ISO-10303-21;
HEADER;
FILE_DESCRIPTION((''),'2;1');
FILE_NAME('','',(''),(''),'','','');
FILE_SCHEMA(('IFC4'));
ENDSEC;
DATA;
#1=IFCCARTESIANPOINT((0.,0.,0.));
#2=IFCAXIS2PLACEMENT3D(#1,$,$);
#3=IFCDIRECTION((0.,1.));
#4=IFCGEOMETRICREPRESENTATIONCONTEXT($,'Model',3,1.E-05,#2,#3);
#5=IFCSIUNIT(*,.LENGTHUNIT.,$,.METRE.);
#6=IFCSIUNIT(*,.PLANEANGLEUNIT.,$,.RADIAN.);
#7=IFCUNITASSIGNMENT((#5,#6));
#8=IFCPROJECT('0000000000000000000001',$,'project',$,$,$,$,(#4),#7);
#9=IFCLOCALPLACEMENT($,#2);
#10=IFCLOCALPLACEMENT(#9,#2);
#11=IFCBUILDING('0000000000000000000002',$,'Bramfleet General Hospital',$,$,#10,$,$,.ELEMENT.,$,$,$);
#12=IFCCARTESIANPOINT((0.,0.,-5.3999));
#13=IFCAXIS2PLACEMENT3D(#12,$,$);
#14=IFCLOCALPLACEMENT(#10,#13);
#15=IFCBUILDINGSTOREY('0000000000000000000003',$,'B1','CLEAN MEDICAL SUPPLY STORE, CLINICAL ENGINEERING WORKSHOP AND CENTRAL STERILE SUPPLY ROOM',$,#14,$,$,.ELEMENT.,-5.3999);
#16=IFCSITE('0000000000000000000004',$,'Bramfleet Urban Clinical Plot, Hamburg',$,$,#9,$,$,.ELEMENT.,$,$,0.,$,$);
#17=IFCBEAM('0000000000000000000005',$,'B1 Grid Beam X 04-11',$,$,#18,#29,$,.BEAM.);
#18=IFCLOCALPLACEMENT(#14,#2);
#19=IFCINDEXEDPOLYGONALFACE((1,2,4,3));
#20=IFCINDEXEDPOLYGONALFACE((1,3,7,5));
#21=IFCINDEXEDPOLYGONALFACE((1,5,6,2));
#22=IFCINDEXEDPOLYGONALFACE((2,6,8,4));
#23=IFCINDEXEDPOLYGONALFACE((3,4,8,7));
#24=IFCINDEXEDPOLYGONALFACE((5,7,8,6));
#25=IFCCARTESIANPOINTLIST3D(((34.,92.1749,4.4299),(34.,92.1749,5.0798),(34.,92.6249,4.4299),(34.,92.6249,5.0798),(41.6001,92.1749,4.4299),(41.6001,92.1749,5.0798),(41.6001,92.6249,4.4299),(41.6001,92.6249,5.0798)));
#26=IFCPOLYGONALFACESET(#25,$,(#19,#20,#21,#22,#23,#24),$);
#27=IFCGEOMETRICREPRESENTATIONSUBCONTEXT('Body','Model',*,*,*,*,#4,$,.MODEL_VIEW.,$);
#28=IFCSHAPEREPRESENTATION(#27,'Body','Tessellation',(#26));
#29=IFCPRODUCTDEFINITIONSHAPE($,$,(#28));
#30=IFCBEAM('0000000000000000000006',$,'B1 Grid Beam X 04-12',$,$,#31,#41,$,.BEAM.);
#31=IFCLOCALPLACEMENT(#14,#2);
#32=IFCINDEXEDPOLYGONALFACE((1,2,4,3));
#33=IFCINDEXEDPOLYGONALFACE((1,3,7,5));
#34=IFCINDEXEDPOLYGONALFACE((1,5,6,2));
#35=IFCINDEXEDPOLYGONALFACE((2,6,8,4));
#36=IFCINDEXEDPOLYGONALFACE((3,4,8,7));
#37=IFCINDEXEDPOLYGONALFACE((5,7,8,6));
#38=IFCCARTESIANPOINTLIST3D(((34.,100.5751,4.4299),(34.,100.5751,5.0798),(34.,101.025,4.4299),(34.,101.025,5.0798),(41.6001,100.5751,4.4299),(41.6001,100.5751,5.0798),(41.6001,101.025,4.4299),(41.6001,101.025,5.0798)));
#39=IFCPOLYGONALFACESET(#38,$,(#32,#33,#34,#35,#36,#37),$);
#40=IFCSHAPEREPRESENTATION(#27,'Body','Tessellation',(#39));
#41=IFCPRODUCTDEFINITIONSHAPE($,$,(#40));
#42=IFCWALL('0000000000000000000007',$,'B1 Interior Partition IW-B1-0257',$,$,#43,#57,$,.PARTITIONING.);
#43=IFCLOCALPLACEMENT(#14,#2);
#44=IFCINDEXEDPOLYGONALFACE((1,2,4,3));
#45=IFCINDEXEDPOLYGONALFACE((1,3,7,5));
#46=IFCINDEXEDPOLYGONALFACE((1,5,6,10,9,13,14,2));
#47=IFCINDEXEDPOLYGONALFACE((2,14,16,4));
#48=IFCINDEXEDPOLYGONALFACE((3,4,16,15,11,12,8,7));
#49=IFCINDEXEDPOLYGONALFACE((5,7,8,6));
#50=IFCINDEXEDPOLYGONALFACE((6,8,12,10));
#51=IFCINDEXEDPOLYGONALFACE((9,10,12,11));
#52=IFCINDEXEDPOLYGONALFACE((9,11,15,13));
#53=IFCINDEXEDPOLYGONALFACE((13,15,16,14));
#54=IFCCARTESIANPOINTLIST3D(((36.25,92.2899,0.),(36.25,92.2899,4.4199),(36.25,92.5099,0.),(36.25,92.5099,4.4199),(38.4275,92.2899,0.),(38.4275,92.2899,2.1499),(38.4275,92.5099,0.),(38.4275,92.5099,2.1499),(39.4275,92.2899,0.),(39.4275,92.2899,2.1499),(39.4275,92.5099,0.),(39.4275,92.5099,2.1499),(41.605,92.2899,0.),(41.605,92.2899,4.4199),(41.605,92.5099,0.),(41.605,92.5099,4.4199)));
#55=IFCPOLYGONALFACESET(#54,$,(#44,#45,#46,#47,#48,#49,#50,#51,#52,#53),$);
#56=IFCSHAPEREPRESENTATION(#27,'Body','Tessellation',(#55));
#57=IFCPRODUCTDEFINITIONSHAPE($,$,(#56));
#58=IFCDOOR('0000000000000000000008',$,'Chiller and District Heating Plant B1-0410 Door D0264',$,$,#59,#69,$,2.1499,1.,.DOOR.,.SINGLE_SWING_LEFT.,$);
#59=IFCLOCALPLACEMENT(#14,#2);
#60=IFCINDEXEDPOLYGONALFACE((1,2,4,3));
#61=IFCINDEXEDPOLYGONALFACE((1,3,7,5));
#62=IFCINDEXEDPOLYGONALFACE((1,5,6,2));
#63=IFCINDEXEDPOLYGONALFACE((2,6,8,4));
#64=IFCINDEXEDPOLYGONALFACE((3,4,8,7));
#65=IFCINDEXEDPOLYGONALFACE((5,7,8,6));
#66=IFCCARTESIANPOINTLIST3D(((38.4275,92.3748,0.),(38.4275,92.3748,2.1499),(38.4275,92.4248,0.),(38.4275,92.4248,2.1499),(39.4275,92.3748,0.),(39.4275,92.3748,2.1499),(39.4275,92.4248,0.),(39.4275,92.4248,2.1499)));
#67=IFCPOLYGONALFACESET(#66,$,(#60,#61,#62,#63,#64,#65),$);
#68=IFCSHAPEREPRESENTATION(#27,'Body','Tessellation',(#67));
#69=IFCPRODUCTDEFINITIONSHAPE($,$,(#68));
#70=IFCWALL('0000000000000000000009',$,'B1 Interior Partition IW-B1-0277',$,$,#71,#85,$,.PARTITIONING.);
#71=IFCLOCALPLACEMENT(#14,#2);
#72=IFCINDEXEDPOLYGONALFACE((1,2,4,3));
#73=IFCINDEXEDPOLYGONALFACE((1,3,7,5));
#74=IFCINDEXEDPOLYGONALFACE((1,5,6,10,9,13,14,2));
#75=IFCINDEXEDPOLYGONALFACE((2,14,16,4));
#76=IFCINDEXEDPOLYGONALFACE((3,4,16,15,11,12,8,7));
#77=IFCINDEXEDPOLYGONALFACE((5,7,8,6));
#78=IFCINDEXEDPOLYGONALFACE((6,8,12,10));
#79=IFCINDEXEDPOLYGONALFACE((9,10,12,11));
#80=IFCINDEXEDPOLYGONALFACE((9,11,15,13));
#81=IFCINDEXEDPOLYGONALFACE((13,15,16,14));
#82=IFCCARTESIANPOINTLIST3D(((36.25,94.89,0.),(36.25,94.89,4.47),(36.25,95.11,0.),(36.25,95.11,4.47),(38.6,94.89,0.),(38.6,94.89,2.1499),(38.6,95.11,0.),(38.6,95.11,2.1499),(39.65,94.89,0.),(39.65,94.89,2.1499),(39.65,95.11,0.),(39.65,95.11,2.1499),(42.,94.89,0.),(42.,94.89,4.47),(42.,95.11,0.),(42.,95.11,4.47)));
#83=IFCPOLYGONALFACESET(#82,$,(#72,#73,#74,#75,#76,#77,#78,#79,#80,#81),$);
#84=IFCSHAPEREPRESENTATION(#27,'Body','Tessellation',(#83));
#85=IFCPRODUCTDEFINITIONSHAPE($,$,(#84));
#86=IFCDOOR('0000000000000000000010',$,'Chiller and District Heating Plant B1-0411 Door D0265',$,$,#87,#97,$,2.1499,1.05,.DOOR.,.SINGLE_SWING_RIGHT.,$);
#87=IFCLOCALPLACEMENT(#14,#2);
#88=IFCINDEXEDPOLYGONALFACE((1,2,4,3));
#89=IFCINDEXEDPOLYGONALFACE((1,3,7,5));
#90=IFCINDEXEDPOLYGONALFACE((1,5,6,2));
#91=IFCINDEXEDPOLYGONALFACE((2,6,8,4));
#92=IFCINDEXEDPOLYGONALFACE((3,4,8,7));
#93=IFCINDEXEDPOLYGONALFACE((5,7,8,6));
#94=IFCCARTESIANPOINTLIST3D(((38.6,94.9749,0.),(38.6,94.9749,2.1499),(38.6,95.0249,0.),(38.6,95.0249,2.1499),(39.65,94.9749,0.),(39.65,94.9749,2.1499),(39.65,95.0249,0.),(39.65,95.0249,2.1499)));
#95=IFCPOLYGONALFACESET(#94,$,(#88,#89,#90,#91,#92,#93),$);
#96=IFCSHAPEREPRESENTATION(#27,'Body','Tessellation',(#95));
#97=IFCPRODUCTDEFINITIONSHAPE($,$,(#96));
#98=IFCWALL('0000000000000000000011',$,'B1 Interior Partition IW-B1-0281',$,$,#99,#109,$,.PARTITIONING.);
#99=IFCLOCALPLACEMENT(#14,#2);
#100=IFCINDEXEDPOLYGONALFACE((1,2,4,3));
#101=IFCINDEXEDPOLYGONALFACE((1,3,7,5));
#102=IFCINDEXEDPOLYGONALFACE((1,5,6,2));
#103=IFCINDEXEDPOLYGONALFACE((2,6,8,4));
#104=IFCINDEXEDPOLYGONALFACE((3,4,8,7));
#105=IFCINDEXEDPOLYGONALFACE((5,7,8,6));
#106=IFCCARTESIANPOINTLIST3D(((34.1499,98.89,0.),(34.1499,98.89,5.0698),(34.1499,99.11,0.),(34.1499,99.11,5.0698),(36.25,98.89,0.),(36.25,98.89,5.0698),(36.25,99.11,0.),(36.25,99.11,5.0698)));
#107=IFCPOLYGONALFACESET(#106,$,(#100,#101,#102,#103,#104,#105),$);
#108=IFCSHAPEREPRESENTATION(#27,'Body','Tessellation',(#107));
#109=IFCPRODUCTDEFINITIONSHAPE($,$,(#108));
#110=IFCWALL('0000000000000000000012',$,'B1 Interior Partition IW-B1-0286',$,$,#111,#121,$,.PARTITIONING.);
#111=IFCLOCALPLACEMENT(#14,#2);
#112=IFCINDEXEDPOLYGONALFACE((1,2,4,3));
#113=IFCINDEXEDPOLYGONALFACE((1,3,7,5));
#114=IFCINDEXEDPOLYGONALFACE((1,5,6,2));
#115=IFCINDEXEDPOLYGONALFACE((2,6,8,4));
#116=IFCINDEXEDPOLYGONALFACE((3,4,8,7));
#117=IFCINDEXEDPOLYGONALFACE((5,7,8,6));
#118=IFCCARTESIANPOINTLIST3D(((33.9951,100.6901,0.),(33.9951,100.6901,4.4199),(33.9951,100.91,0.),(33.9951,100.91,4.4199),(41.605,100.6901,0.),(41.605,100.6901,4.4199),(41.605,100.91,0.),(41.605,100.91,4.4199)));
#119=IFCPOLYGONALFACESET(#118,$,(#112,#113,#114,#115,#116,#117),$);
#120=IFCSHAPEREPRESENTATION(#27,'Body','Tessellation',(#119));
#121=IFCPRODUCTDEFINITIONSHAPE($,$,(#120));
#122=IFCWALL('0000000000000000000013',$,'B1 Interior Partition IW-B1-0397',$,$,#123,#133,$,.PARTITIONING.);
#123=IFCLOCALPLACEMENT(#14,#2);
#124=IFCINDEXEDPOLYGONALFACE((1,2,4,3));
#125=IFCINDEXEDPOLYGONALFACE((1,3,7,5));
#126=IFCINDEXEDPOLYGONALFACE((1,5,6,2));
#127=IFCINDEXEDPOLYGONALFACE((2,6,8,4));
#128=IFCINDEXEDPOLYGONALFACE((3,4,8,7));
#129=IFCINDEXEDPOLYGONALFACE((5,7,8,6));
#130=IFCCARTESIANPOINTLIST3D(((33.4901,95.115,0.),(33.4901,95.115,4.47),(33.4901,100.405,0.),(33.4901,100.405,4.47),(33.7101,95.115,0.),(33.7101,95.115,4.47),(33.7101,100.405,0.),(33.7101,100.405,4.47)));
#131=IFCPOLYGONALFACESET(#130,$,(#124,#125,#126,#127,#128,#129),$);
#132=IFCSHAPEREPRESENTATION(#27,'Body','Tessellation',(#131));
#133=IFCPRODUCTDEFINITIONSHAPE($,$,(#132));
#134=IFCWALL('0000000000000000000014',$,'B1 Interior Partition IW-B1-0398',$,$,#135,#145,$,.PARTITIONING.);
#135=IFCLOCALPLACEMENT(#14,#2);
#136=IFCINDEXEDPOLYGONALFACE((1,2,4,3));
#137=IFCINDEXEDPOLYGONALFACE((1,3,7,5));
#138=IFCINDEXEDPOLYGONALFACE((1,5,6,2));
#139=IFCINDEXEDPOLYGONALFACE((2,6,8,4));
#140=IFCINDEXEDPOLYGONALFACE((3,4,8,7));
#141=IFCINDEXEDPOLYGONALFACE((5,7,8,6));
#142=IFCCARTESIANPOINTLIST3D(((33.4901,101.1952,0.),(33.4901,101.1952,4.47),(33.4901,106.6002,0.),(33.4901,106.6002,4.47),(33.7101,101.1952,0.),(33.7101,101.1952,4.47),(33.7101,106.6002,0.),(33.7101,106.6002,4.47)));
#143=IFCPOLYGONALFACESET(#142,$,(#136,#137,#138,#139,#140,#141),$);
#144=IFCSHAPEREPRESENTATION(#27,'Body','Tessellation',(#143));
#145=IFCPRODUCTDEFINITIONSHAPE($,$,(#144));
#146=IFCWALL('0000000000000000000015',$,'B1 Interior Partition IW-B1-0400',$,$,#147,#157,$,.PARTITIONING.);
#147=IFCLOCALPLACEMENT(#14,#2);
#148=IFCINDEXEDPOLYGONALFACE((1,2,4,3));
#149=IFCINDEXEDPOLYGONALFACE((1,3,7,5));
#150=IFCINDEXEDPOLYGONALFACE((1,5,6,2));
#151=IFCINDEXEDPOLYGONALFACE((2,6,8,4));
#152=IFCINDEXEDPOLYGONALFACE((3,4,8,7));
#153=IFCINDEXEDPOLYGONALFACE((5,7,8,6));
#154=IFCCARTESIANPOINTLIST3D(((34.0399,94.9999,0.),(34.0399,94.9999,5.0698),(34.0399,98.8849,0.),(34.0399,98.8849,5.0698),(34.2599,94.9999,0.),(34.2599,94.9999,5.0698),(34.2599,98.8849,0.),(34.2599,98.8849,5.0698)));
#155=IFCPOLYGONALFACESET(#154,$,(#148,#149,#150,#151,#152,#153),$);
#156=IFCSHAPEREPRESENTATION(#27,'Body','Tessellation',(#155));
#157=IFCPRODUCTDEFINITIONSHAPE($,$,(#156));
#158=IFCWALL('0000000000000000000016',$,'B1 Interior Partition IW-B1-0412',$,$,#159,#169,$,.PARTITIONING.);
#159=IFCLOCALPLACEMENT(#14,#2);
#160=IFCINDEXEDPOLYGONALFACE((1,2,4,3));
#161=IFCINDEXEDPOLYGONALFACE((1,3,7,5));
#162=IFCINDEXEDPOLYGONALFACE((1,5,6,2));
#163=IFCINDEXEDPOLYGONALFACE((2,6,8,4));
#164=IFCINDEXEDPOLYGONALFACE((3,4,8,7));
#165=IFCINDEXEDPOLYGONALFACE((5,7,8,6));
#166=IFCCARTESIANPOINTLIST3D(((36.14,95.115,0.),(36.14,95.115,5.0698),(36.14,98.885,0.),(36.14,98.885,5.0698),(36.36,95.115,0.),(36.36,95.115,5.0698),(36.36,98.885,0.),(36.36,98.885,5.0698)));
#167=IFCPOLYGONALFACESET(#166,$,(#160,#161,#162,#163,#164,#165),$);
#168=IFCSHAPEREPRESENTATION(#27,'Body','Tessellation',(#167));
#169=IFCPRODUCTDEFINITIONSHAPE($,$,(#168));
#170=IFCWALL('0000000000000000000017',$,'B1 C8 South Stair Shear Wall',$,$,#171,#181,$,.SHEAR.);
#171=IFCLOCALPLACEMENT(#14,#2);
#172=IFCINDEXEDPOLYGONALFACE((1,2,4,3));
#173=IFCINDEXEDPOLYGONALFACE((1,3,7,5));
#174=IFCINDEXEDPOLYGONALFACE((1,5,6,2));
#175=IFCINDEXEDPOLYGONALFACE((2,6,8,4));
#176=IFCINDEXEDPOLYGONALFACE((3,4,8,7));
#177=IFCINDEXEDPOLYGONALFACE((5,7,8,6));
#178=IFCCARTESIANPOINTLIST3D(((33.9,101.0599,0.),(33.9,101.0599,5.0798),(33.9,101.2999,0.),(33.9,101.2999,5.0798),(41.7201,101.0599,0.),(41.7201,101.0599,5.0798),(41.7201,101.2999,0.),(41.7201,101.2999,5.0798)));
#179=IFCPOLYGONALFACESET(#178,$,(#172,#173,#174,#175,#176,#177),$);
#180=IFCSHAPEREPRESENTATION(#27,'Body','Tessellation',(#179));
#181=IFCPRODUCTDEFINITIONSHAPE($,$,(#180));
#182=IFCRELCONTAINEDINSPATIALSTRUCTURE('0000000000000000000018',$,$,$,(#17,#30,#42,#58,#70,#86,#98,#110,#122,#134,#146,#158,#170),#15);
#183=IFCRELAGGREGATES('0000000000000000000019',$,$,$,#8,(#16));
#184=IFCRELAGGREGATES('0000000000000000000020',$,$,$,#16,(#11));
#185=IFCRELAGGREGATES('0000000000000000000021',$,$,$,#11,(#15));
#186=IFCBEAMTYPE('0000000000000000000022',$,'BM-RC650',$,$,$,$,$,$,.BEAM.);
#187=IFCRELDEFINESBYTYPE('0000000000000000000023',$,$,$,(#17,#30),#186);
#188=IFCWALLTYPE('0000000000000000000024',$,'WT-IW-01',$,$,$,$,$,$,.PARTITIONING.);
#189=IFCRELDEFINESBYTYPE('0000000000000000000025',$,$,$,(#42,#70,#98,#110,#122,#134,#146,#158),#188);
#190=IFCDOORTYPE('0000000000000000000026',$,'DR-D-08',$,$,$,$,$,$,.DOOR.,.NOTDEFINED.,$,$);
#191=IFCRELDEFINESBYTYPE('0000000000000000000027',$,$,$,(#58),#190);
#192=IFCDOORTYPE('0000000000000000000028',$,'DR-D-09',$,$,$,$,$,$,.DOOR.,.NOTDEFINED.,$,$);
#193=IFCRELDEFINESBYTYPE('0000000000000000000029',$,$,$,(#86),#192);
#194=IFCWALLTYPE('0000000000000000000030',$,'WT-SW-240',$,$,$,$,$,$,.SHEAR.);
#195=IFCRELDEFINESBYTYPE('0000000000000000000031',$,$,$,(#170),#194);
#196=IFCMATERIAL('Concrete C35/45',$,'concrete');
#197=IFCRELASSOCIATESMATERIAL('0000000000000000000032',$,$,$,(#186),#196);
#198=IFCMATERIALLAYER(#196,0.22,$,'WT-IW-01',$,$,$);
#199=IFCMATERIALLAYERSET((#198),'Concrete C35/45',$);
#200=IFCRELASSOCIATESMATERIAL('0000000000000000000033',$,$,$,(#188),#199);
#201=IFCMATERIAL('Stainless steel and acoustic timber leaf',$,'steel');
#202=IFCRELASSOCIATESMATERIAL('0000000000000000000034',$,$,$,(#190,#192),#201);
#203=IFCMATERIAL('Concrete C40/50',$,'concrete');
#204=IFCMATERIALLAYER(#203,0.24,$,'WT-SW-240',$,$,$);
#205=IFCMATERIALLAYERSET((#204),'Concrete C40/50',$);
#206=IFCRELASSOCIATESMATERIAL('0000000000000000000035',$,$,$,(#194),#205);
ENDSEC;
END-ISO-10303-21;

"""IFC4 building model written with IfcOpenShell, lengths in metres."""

from ifc_helpers import new_model, si_unit, direction, frame, frame_2d, origin, origin_2d, place, context, subcontext, project, spatial, rectangle, extrude, material, layer, layer_set, material_profile, profile_set, type_object, element, fill, save


model = new_model("IFC4")

# Units and contexts
model_context = context("Model", 3, precision=1e-05, world=origin(), true_north=direction((0.0, 1.0)))
body_context = subcontext(model_context, "Body", "Model", "MODEL_VIEW")
ifc_project = project(units=[si_unit("LENGTHUNIT", "METRE"), si_unit("PLANEANGLEUNIT", "RADIAN")], contexts=[model_context])

# Site, building, storey
site_placement = place(None, origin())
site = spatial("IfcSite", under=ifc_project, at=site_placement, Name="Bramfleet Urban Clinical Plot, Hamburg", CompositionType="ELEMENT", RefElevation=0.0)
building_placement = place(site_placement, origin())
building = spatial("IfcBuilding", under=site, at=building_placement, Name="Bramfleet General Hospital", CompositionType="ELEMENT")
storey_placement = place(building_placement, frame((0.0, 0.0, -5.3999)))
storey = spatial("IfcBuildingStorey", under=building, at=storey_placement, Name="B1", Description="CLEAN MEDICAL SUPPLY STORE, CLINICAL ENGINEERING WORKSHOP AND CENTRAL STERILE SUPPLY ROOM", CompositionType="ELEMENT", Elevation=-5.3999)

# Shared definitions
ifc_material_1 = material(Name="Concrete C35/45", Category="concrete")

# Shared definitions
ifc_material_2 = material(Name="Concrete C40/50", Category="concrete")

# Beams
ifc_material_profile_1 = material_profile(ifc_material_1, rectangle(XDim=0.45, YDim=0.6499, at=origin_2d()), Name="RC BM 650x450")
ifc_profile_set_1 = profile_set([ifc_material_profile_1], Name="Concrete C35/45")
beam_type_1 = type_object("IfcBeamType", Name="BM-RC650", PredefinedType="BEAM", material=ifc_profile_set_1)
for number, where, z_axis, x_axis, name in (
    (1, (34.0, 92.3999, 4.7549), (1.0, 0.0, 0.0), (0.0, 1.0, 0.0), "B1 Grid Beam X 04-11"),
    (2, (34.0, 100.8, 4.7549), (1.0, 0.0, 0.0), (0.0, 1.0, 0.0), "B1 Grid Beam X 04-12"),
):
    element("IfcBeam", number, at=place(storey_placement, frame(where, z_axis=z_axis, x_axis=x_axis)), inside=storey, type_object=beam_type_1, Name=name, PredefinedType="BEAM", context=body_context, shape_type="SweptSolid", body=[
        extrude(rectangle(XDim=0.45, YDim=0.6499, at=origin_2d()), origin(), (0.0, 0.0, 1.0), 7.6001),
    ])

# Walls, openings, doors
ifc_layer_1 = layer(ifc_material_1, 0.22, Name="WT-IW-01")
ifc_layer_set_1 = layer_set([ifc_layer_1], Name="Concrete C35/45")
wall_type_1 = type_object("IfcWallType", Name="WT-IW-01", PredefinedType="PARTITIONING", material=ifc_layer_set_1)
wall_1_placement = place(storey_placement, frame((36.25, 92.3999, 0.0), z_axis=(0.0, 0.0, 1.0), x_axis=(1.0, 0.0, 0.0)))
wall_1 = element("IfcWall", 3, at=wall_1_placement, inside=storey, type_object=wall_type_1, Name="B1 Interior Partition IW-B1-0257", PredefinedType="PARTITIONING", context=body_context, shape_type="SweptSolid", body=[
    extrude(rectangle(XDim=5.355, YDim=0.22, at=frame_2d((2.6775, 0.0))), origin(), (0.0, 0.0, 1.0), 4.4199),
])
opening_1_placement = place(wall_1_placement, frame((2.1775, 0.0, 0.0)))
opening_1 = element("IfcOpeningElement", 4, at=opening_1_placement, cuts=wall_1, PredefinedType="OPENING", context=body_context, shape_type="SweptSolid", body=[
    extrude(rectangle(XDim=1.0, YDim=2.1499, at=frame_2d((0.5, 1.075))), frame((0.0, 0.1199, 0.0), z_axis=(0.0, -1.0, 0.0), x_axis=(1.0, 0.0, 0.0)), (0.0, 0.0, 1.0), 0.24),
])
ifc_material_3 = material(Name="Stainless steel and acoustic timber leaf", Category="steel")
door_type_1 = type_object("IfcDoorType", Name="DR-D-08", OperationType="NOTDEFINED", PredefinedType="DOOR", material=ifc_material_3)
door_1_placement = place(opening_1_placement, origin())
door_1 = element("IfcDoor", 5, at=door_1_placement, inside=storey, type_object=door_type_1, Name="Chiller and District Heating Plant B1-0410 Door D0264", OperationType="SINGLE_SWING_LEFT", OverallHeight=2.1499, OverallWidth=1.0, PredefinedType="DOOR", context=body_context, shape_type="SweptSolid", body=[
    extrude(rectangle(XDim=1.0, YDim=2.1499, at=frame_2d((0.5, 1.075))), frame((0.0, 0.0249, 0.0), z_axis=(0.0, -1.0, 0.0), x_axis=(1.0, 0.0, 0.0)), (0.0, 0.0, 1.0), 0.05),
])
fill(opening_1, door_1)
wall_2_placement = place(storey_placement, frame((36.25, 95.0, 0.0), z_axis=(0.0, 0.0, 1.0), x_axis=(1.0, 0.0, 0.0)))
wall_2 = element("IfcWall", 6, at=wall_2_placement, inside=storey, type_object=wall_type_1, Name="B1 Interior Partition IW-B1-0277", PredefinedType="PARTITIONING", context=body_context, shape_type="SweptSolid", body=[
    extrude(rectangle(XDim=5.75, YDim=0.22, at=frame_2d((2.875, 0.0))), origin(), (0.0, 0.0, 1.0), 4.47),
])
opening_2_placement = place(wall_2_placement, frame((2.3501, 0.0, 0.0)))
opening_2 = element("IfcOpeningElement", 7, at=opening_2_placement, cuts=wall_2, PredefinedType="OPENING", context=body_context, shape_type="SweptSolid", body=[
    extrude(rectangle(XDim=1.05, YDim=2.1499, at=frame_2d((0.5249, 1.075))), frame((0.0, 0.1199, 0.0), z_axis=(0.0, -1.0, 0.0), x_axis=(1.0, 0.0, 0.0)), (0.0, 0.0, 1.0), 0.24),
])
door_type_2 = type_object("IfcDoorType", Name="DR-D-09", OperationType="NOTDEFINED", PredefinedType="DOOR", material=ifc_material_3)
door_2_placement = place(opening_2_placement, origin())
door_2 = element("IfcDoor", 8, at=door_2_placement, inside=storey, type_object=door_type_2, Name="Chiller and District Heating Plant B1-0411 Door D0265", OperationType="SINGLE_SWING_RIGHT", OverallHeight=2.1499, OverallWidth=1.05, PredefinedType="DOOR", context=body_context, shape_type="SweptSolid", body=[
    extrude(rectangle(XDim=1.05, YDim=2.1499, at=frame_2d((0.5249, 1.075))), frame((0.0, 0.0249, 0.0), z_axis=(0.0, -1.0, 0.0), x_axis=(1.0, 0.0, 0.0)), (0.0, 0.0, 1.0), 0.05),
])
fill(opening_2, door_2)

# Walls
wall_3_placement = place(storey_placement, frame((34.1499, 99.0, 0.0), z_axis=(0.0, 0.0, 1.0), x_axis=(1.0, 0.0, 0.0)))
element("IfcWall", 9, at=wall_3_placement, inside=storey, type_object=wall_type_1, Name="B1 Interior Partition IW-B1-0281", PredefinedType="PARTITIONING", context=body_context, shape_type="SweptSolid", body=[
    extrude(rectangle(XDim=2.1001, YDim=0.22, at=frame_2d((1.05, 0.0))), origin(), (0.0, 0.0, 1.0), 5.0698),
])
wall_4_placement = place(storey_placement, frame((33.9951, 100.8, 0.0), z_axis=(0.0, 0.0, 1.0), x_axis=(1.0, 0.0, 0.0)))
element("IfcWall", 10, at=wall_4_placement, inside=storey, type_object=wall_type_1, Name="B1 Interior Partition IW-B1-0286", PredefinedType="PARTITIONING", context=body_context, shape_type="SweptSolid", body=[
    extrude(rectangle(XDim=7.6099, YDim=0.22, at=frame_2d((3.8049, 0.0))), origin(), (0.0, 0.0, 1.0), 4.4199),
])
wall_5_placement = place(storey_placement, frame((33.6001, 95.115, 0.0), z_axis=(0.0, 0.0, 1.0), x_axis=(0.0, 1.0, 0.0)))
element("IfcWall", 11, at=wall_5_placement, inside=storey, type_object=wall_type_1, Name="B1 Interior Partition IW-B1-0397", PredefinedType="PARTITIONING", context=body_context, shape_type="SweptSolid", body=[
    extrude(rectangle(XDim=5.29, YDim=0.22, at=frame_2d((2.645, 0.0))), origin(), (0.0, 0.0, 1.0), 4.47),
])
wall_6_placement = place(storey_placement, frame((33.6001, 101.1951, 0.0), z_axis=(0.0, 0.0, 1.0), x_axis=(0.0, 1.0, 0.0)))
element("IfcWall", 12, at=wall_6_placement, inside=storey, type_object=wall_type_1, Name="B1 Interior Partition IW-B1-0398", PredefinedType="PARTITIONING", context=body_context, shape_type="SweptSolid", body=[
    extrude(rectangle(XDim=5.405, YDim=0.22, at=frame_2d((2.7026, 0.0))), origin(), (0.0, 0.0, 1.0), 4.47),
])
wall_7_placement = place(storey_placement, frame((34.1499, 95.0, 0.0), z_axis=(0.0, 0.0, 1.0), x_axis=(0.0, 1.0, 0.0)))
element("IfcWall", 13, at=wall_7_placement, inside=storey, type_object=wall_type_1, Name="B1 Interior Partition IW-B1-0400", PredefinedType="PARTITIONING", context=body_context, shape_type="SweptSolid", body=[
    extrude(rectangle(XDim=3.885, YDim=0.22, at=frame_2d((1.9424, 0.0))), origin(), (0.0, 0.0, 1.0), 5.0698),
])
wall_8_placement = place(storey_placement, frame((36.25, 95.115, 0.0), z_axis=(0.0, 0.0, 1.0), x_axis=(0.0, 1.0, 0.0)))
element("IfcWall", 14, at=wall_8_placement, inside=storey, type_object=wall_type_1, Name="B1 Interior Partition IW-B1-0412", PredefinedType="PARTITIONING", context=body_context, shape_type="SweptSolid", body=[
    extrude(rectangle(XDim=3.77, YDim=0.22, at=frame_2d((1.885, 0.0))), origin(), (0.0, 0.0, 1.0), 5.0698),
])
ifc_layer_2 = layer(ifc_material_2, 0.24, Name="WT-SW-240")
ifc_layer_set_2 = layer_set([ifc_layer_2], Name="Concrete C40/50")
wall_type_2 = type_object("IfcWallType", Name="WT-SW-240", PredefinedType="SHEAR", material=ifc_layer_set_2)
wall_9_placement = place(storey_placement, frame((33.8999, 101.1799, 0.0), z_axis=(0.0, 0.0, 1.0), x_axis=(1.0, 0.0, 0.0)))
element("IfcWall", 15, at=wall_9_placement, inside=storey, type_object=wall_type_2, Name="B1 C8 South Stair Shear Wall", PredefinedType="SHEAR", context=body_context, shape_type="SweptSolid", body=[
    extrude(rectangle(XDim=7.8201, YDim=0.24, at=frame_2d((3.9102, 0.0))), origin(), (0.0, 0.0, 1.0), 5.0798),
])

save(model, "model.ifc")
